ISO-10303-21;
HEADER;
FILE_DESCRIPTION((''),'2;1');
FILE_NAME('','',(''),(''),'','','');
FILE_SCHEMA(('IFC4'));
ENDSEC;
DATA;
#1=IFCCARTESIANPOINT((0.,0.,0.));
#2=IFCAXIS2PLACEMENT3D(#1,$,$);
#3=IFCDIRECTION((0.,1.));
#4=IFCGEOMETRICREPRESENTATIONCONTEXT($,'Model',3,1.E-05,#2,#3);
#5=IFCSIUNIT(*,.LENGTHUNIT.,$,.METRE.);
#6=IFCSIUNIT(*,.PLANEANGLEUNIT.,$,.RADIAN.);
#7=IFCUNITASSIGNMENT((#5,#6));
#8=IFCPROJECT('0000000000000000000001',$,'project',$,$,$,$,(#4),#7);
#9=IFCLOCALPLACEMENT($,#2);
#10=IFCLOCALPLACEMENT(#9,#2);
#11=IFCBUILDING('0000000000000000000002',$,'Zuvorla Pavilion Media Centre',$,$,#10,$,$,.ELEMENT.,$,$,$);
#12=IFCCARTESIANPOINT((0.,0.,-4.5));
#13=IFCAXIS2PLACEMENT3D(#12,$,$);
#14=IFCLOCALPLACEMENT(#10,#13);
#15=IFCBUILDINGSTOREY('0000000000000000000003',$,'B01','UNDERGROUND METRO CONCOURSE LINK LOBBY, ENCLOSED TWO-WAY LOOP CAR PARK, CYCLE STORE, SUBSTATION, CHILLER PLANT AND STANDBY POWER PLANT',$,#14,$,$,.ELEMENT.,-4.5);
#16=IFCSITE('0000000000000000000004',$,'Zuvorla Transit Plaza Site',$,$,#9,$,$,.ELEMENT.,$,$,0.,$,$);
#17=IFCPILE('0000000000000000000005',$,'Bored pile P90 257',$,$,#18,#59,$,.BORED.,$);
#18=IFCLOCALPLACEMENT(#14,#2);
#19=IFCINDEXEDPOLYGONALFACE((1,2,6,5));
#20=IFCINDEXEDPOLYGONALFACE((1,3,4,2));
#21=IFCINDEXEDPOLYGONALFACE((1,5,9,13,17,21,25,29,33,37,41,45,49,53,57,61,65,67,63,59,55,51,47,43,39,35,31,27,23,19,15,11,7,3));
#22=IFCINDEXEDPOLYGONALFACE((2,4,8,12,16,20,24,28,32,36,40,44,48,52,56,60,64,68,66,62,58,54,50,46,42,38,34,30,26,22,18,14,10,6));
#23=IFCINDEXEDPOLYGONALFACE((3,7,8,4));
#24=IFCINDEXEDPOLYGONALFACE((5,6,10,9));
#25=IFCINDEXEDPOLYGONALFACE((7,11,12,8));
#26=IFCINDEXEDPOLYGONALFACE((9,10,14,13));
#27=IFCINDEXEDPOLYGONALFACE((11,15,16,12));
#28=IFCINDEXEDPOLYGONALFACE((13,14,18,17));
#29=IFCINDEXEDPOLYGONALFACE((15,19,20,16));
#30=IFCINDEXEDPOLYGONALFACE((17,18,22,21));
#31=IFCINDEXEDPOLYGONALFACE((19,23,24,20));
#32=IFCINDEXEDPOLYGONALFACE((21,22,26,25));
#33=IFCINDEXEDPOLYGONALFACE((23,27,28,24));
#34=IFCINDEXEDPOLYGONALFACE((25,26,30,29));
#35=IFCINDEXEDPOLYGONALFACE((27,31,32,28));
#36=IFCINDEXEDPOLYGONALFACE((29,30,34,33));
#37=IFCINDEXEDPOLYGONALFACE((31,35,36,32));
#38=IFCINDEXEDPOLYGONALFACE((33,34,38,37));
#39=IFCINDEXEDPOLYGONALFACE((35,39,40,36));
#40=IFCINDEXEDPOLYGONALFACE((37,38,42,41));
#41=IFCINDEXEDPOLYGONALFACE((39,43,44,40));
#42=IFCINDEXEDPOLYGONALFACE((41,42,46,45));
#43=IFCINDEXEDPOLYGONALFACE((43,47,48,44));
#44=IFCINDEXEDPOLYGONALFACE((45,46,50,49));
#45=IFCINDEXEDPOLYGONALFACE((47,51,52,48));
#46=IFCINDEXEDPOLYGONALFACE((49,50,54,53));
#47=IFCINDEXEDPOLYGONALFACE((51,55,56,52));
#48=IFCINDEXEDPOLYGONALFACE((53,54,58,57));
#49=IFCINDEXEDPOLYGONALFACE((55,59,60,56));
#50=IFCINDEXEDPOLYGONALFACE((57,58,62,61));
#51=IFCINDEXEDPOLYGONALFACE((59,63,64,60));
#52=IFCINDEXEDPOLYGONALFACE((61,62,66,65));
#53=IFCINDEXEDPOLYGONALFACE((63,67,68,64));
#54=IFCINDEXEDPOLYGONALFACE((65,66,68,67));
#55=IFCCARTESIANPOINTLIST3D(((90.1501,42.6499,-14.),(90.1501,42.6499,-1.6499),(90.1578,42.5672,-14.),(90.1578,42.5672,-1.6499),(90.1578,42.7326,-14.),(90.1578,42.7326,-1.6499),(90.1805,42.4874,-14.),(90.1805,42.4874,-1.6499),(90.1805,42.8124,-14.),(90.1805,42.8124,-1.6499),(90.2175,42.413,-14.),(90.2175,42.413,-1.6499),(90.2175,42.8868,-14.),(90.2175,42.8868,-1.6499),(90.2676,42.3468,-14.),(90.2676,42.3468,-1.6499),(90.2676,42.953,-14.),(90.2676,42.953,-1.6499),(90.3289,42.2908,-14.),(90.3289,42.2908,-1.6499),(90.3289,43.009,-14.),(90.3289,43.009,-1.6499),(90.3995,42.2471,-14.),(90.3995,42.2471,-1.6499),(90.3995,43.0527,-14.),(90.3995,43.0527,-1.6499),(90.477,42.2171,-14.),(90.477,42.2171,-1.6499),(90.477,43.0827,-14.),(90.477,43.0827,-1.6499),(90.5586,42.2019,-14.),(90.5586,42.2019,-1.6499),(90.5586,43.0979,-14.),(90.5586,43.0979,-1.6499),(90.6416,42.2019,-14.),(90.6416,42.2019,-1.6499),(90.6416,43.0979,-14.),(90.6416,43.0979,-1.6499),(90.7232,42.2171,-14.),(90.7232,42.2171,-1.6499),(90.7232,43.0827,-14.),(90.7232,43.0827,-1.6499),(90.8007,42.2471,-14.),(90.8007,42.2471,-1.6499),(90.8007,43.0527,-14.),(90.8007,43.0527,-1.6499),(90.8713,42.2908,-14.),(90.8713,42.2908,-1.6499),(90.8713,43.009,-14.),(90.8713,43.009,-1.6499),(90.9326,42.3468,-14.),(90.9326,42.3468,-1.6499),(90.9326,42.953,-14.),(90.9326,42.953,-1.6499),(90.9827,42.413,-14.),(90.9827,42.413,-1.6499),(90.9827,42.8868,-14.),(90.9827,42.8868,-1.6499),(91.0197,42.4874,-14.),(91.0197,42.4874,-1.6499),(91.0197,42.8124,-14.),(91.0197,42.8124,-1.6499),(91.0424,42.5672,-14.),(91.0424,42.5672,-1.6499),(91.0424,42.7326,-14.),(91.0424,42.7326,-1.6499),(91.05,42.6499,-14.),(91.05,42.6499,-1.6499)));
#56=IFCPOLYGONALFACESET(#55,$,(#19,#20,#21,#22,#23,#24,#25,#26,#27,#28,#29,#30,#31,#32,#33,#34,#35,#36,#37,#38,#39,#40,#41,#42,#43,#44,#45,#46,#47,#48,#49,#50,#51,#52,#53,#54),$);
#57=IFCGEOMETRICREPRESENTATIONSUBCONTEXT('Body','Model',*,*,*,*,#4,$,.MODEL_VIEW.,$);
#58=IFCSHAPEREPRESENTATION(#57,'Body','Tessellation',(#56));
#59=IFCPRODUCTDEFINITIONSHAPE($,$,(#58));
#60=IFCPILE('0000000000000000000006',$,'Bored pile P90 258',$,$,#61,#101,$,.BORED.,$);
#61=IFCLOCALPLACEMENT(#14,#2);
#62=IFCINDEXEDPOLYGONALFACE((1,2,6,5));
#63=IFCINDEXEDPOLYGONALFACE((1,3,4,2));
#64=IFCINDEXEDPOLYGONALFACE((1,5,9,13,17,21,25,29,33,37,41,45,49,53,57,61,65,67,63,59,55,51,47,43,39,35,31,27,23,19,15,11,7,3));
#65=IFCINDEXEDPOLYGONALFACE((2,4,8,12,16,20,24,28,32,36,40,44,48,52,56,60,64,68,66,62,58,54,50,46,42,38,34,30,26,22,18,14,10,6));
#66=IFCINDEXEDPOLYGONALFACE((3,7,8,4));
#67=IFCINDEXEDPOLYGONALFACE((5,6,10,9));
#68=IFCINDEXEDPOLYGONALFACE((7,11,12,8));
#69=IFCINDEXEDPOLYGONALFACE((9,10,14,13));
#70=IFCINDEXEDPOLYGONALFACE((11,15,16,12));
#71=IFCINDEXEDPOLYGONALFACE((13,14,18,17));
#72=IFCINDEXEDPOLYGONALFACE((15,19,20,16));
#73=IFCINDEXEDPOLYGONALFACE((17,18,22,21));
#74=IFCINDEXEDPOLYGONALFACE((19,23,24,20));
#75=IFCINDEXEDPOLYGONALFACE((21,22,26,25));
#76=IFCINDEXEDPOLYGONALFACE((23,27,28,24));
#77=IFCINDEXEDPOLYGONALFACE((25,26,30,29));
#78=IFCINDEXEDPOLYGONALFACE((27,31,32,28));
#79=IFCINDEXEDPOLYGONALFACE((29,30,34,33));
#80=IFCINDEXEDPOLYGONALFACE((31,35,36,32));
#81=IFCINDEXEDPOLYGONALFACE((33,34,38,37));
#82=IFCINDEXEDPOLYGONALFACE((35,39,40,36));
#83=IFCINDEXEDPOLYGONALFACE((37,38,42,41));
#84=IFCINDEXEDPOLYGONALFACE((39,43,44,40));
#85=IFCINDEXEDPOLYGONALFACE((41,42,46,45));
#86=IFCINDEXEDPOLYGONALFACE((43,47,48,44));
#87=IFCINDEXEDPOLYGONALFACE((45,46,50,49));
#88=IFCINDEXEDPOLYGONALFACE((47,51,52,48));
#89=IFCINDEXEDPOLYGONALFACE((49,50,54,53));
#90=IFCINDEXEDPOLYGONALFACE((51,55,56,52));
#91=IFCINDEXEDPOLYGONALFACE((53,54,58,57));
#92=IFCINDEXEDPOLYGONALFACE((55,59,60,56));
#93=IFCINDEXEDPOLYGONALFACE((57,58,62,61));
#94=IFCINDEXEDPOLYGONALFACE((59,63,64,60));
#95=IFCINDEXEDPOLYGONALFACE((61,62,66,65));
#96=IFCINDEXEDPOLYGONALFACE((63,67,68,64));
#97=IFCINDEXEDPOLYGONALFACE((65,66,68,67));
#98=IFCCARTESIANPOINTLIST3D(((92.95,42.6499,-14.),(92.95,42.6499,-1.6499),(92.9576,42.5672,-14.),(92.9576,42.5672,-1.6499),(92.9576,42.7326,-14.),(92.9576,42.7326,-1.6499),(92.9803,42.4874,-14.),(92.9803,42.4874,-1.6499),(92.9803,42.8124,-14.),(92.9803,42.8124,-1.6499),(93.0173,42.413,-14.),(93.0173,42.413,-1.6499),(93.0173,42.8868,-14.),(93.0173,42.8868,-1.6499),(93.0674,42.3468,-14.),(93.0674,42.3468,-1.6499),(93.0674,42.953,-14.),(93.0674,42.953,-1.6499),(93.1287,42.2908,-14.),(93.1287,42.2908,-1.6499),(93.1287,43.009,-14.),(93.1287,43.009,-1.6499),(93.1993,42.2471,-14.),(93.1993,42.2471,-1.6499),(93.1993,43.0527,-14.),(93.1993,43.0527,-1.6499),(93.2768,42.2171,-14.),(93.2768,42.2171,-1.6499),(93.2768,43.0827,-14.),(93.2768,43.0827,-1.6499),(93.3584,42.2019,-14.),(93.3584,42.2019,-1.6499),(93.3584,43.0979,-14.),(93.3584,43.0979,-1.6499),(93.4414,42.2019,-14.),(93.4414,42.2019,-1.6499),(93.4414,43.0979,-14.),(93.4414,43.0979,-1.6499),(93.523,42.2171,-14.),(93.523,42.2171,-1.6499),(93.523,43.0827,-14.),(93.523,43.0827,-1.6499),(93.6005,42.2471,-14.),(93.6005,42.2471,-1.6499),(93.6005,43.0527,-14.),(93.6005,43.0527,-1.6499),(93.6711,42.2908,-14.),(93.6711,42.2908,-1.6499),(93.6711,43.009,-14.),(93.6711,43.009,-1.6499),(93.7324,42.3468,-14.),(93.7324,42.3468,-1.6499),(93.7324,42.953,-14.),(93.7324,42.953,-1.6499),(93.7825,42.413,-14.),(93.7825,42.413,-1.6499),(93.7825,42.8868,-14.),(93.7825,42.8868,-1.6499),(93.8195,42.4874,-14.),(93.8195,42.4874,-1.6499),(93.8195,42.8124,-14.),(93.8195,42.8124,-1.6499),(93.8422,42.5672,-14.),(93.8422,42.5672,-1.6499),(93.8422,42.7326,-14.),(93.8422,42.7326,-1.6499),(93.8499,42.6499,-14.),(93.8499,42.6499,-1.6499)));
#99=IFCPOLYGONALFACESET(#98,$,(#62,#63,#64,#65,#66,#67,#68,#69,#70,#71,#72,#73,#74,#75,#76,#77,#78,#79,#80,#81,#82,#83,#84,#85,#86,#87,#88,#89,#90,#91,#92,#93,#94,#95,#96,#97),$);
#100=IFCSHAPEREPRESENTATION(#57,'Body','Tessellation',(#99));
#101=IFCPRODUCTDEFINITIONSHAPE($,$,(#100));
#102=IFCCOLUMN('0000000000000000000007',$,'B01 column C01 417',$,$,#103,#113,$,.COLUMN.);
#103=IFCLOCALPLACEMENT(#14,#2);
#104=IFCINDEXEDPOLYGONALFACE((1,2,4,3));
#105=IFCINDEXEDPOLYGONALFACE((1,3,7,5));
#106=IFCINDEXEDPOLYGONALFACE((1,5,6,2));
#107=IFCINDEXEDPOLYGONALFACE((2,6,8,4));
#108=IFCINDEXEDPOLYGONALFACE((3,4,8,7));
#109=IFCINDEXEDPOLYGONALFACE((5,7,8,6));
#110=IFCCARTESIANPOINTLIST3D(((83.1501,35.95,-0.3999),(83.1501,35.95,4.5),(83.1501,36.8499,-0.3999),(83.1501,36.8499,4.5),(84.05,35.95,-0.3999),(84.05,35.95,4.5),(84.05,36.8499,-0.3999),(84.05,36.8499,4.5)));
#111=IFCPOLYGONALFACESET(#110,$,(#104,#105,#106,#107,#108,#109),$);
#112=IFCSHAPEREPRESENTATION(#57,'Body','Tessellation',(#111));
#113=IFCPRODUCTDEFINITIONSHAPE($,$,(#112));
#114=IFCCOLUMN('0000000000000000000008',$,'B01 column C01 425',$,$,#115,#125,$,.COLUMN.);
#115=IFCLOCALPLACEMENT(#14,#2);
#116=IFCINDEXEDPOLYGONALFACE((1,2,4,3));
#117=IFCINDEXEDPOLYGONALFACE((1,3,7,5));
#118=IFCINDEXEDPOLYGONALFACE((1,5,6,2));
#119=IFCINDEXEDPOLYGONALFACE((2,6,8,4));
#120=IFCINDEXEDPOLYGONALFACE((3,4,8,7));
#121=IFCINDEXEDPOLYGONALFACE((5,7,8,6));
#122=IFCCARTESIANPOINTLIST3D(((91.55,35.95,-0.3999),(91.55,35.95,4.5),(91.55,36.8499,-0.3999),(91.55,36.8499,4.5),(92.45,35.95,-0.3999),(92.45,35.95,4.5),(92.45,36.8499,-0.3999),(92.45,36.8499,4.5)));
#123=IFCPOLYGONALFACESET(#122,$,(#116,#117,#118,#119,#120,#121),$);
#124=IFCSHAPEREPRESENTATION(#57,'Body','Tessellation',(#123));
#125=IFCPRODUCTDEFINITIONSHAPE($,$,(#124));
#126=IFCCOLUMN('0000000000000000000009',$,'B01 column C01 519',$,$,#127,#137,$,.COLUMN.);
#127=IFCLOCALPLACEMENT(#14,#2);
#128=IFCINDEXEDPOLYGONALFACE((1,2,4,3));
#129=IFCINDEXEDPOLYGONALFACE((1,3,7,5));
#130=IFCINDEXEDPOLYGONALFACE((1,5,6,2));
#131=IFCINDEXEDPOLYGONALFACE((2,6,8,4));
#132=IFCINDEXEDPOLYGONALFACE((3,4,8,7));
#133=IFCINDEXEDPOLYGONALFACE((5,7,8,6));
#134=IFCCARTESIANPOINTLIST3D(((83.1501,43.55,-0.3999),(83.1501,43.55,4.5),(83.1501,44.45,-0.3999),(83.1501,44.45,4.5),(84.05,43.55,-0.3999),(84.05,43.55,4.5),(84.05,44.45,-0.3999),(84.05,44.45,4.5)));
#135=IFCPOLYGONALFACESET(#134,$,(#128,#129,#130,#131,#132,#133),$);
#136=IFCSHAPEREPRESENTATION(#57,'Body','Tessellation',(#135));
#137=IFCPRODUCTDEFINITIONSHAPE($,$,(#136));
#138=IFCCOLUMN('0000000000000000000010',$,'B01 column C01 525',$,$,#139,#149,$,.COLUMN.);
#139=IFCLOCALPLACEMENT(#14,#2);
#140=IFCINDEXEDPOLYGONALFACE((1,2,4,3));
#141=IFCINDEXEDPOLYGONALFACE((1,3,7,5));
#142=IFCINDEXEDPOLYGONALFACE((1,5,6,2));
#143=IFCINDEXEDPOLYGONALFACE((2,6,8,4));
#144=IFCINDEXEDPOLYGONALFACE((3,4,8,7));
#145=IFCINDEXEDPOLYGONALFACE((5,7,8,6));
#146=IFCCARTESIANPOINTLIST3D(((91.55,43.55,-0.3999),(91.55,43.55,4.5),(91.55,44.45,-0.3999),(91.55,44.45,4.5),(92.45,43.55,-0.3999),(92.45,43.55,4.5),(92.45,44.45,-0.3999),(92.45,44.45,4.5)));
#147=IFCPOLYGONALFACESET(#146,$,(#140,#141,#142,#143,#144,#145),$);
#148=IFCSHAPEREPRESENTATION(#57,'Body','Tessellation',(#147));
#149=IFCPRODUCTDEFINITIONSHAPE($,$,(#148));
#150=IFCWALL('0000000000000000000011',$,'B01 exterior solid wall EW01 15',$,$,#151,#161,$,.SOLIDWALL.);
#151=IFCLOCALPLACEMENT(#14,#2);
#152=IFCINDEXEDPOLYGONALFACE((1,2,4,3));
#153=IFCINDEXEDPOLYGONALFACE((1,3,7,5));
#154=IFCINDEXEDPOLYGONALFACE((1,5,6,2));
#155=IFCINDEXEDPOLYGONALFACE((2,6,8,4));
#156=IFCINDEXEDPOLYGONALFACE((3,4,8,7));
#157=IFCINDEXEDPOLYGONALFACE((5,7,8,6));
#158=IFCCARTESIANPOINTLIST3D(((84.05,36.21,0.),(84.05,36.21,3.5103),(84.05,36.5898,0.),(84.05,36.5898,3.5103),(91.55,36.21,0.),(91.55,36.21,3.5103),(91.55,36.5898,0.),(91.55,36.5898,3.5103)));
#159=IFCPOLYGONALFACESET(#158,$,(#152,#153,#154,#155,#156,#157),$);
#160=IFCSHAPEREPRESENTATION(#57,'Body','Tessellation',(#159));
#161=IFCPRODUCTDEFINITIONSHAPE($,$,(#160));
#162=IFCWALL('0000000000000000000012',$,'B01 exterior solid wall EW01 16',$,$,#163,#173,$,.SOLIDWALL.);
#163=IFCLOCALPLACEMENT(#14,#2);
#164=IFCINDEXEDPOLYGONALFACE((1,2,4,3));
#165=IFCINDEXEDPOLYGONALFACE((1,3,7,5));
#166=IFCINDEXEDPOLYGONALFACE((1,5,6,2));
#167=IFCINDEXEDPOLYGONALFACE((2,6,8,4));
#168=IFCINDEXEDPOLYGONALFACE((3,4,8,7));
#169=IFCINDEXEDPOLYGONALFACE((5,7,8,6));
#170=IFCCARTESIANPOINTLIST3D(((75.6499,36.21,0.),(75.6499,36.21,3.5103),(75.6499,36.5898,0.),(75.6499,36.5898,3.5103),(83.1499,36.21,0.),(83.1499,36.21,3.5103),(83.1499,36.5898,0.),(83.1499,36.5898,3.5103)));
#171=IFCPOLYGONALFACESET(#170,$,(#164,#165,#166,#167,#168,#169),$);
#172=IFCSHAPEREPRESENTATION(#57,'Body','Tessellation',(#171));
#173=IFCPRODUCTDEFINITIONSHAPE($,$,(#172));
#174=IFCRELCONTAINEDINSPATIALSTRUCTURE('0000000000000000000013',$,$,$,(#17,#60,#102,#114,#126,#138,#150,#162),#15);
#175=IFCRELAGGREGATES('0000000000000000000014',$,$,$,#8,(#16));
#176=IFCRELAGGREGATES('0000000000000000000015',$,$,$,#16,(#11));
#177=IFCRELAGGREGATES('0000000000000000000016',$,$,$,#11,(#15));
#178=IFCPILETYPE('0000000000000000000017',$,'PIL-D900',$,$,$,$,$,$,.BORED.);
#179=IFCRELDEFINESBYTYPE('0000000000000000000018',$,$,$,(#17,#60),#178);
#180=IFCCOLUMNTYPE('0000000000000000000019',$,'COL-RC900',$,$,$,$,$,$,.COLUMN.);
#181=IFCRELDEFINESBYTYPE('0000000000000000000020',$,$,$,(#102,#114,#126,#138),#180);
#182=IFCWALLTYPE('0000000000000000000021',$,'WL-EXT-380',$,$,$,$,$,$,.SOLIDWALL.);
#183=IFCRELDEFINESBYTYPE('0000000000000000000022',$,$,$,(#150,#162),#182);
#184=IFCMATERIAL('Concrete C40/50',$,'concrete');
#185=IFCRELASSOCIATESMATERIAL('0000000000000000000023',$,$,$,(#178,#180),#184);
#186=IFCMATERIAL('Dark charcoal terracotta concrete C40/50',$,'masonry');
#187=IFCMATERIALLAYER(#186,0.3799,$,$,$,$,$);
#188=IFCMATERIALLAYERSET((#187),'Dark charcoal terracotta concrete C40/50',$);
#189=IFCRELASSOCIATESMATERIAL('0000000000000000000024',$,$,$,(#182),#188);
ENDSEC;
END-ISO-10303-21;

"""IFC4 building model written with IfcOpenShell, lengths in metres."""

from ifc_helpers import new_model, si_unit, direction, frame, frame_2d, origin, origin_2d, place, context, subcontext, project, spatial, rectangle, circle, extrude, material, layer, layer_set, material_profile, profile_set, type_object, element, save


model = new_model("IFC4")

# Units and contexts
model_context = context("Model", 3, precision=1e-05, world=origin(), true_north=direction((0.0, 1.0)))
body_context = subcontext(model_context, "Body", "Model", "MODEL_VIEW")
ifc_project = project(units=[si_unit("LENGTHUNIT", "METRE"), si_unit("PLANEANGLEUNIT", "RADIAN")], contexts=[model_context])

# Site, building, storey
site_placement = place(None, origin())
site = spatial("IfcSite", under=ifc_project, at=site_placement, Name="Zuvorla Transit Plaza Site", CompositionType="ELEMENT", RefElevation=0.0)
building_placement = place(site_placement, origin())
building = spatial("IfcBuilding", under=site, at=building_placement, Name="Zuvorla Pavilion Media Centre", CompositionType="ELEMENT")
storey_placement = place(building_placement, frame((0.0, 0.0, -4.5)))
storey = spatial("IfcBuildingStorey", under=building, at=storey_placement, Name="B01", Description="UNDERGROUND METRO CONCOURSE LINK LOBBY, ENCLOSED TWO-WAY LOOP CAR PARK, CYCLE STORE, SUBSTATION, CHILLER PLANT AND STANDBY POWER PLANT", CompositionType="ELEMENT", Elevation=-4.5)

# Shared definitions
ifc_material_1 = material(Name="Concrete C40/50", Category="concrete")

# Piles
ifc_material_profile_1 = material_profile(ifc_material_1, circle(Radius=0.45, at=origin_2d()), Name="BORED PILE 900")
ifc_profile_set_1 = profile_set([ifc_material_profile_1], Name="Concrete C40/50")
pile_type = type_object("IfcPileType", Name="PIL-D900", PredefinedType="BORED", material=ifc_profile_set_1)
for number, where, z_axis, x_axis, name in (
    (1, (90.6001, 42.6499, -1.6499), (0.0, 0.0, -1.0), (1.0, 0.0, 0.0), "Bored pile P90 257"),
    (2, (93.3999, 42.6499, -1.6499), (0.0, 0.0, -1.0), (1.0, 0.0, 0.0), "Bored pile P90 258"),
):
    element("IfcPile", number, at=place(storey_placement, frame(where, z_axis=z_axis, x_axis=x_axis)), inside=storey, type_object=pile_type, Name=name, PredefinedType="BORED", context=body_context, shape_type="SweptSolid", body=[
        extrude(circle(Radius=0.45, at=origin_2d()), origin(), (0.0, 0.0, 1.0), 12.3501),
    ])

# Columns
ifc_material_profile_2 = material_profile(ifc_material_1, rectangle(XDim=0.8999, YDim=0.8999, at=origin_2d()), Name="RC 900x900")
ifc_profile_set_2 = profile_set([ifc_material_profile_2], Name="Concrete C40/50")
column_type = type_object("IfcColumnType", Name="COL-RC900", PredefinedType="COLUMN", material=ifc_profile_set_2)
for number, where, z_axis, x_axis, name in (
    (3, (83.6001, 36.3999, -0.3999), (0.0, 0.0, 1.0), (1.0, 0.0, 0.0), "B01 column C01 417"),
    (4, (92.0, 36.3999, -0.3999), (0.0, 0.0, 1.0), (1.0, 0.0, 0.0), "B01 column C01 425"),
    (5, (83.6001, 44.0, -0.3999), (0.0, 0.0, 1.0), (1.0, 0.0, 0.0), "B01 column C01 519"),
    (6, (92.0, 44.0, -0.3999), (0.0, 0.0, 1.0), (1.0, 0.0, 0.0), "B01 column C01 525"),
):
    element("IfcColumn", number, at=place(storey_placement, frame(where, z_axis=z_axis, x_axis=x_axis)), inside=storey, type_object=column_type, Name=name, PredefinedType="COLUMN", context=body_context, shape_type="SweptSolid", body=[
        extrude(rectangle(XDim=0.8999, YDim=0.8999, at=origin_2d()), origin(), (0.0, 0.0, 1.0), 4.8999),
    ])

# Walls
ifc_material_2 = material(Name="Dark charcoal terracotta concrete C40/50", Category="masonry")
ifc_layer = layer(ifc_material_2, 0.3799)
ifc_layer_set = layer_set([ifc_layer], Name="Dark charcoal terracotta concrete C40/50")
wall_type = type_object("IfcWallType", Name="WL-EXT-380", PredefinedType="SOLIDWALL", material=ifc_layer_set)
for number, where, z_axis, x_axis, name in (
    (7, (91.55, 36.3999, 0.0), (0.0, 0.0, 1.0), (-1.0, 0.0, 0.0), "B01 exterior solid wall EW01 15"),
    (8, (83.1499, 36.3999, 0.0), (0.0, 0.0, 1.0), (-1.0, 0.0, 0.0), "B01 exterior solid wall EW01 16"),
):
    element("IfcWall", number, at=place(storey_placement, frame(where, z_axis=z_axis, x_axis=x_axis)), inside=storey, type_object=wall_type, Name=name, PredefinedType="SOLIDWALL", context=body_context, shape_type="SweptSolid", body=[
        extrude(rectangle(XDim=7.5, YDim=0.3799, at=frame_2d((3.75, 0.0))), origin(), (0.0, 0.0, 1.0), 3.5103),
    ])

save(model, "model.ifc")
